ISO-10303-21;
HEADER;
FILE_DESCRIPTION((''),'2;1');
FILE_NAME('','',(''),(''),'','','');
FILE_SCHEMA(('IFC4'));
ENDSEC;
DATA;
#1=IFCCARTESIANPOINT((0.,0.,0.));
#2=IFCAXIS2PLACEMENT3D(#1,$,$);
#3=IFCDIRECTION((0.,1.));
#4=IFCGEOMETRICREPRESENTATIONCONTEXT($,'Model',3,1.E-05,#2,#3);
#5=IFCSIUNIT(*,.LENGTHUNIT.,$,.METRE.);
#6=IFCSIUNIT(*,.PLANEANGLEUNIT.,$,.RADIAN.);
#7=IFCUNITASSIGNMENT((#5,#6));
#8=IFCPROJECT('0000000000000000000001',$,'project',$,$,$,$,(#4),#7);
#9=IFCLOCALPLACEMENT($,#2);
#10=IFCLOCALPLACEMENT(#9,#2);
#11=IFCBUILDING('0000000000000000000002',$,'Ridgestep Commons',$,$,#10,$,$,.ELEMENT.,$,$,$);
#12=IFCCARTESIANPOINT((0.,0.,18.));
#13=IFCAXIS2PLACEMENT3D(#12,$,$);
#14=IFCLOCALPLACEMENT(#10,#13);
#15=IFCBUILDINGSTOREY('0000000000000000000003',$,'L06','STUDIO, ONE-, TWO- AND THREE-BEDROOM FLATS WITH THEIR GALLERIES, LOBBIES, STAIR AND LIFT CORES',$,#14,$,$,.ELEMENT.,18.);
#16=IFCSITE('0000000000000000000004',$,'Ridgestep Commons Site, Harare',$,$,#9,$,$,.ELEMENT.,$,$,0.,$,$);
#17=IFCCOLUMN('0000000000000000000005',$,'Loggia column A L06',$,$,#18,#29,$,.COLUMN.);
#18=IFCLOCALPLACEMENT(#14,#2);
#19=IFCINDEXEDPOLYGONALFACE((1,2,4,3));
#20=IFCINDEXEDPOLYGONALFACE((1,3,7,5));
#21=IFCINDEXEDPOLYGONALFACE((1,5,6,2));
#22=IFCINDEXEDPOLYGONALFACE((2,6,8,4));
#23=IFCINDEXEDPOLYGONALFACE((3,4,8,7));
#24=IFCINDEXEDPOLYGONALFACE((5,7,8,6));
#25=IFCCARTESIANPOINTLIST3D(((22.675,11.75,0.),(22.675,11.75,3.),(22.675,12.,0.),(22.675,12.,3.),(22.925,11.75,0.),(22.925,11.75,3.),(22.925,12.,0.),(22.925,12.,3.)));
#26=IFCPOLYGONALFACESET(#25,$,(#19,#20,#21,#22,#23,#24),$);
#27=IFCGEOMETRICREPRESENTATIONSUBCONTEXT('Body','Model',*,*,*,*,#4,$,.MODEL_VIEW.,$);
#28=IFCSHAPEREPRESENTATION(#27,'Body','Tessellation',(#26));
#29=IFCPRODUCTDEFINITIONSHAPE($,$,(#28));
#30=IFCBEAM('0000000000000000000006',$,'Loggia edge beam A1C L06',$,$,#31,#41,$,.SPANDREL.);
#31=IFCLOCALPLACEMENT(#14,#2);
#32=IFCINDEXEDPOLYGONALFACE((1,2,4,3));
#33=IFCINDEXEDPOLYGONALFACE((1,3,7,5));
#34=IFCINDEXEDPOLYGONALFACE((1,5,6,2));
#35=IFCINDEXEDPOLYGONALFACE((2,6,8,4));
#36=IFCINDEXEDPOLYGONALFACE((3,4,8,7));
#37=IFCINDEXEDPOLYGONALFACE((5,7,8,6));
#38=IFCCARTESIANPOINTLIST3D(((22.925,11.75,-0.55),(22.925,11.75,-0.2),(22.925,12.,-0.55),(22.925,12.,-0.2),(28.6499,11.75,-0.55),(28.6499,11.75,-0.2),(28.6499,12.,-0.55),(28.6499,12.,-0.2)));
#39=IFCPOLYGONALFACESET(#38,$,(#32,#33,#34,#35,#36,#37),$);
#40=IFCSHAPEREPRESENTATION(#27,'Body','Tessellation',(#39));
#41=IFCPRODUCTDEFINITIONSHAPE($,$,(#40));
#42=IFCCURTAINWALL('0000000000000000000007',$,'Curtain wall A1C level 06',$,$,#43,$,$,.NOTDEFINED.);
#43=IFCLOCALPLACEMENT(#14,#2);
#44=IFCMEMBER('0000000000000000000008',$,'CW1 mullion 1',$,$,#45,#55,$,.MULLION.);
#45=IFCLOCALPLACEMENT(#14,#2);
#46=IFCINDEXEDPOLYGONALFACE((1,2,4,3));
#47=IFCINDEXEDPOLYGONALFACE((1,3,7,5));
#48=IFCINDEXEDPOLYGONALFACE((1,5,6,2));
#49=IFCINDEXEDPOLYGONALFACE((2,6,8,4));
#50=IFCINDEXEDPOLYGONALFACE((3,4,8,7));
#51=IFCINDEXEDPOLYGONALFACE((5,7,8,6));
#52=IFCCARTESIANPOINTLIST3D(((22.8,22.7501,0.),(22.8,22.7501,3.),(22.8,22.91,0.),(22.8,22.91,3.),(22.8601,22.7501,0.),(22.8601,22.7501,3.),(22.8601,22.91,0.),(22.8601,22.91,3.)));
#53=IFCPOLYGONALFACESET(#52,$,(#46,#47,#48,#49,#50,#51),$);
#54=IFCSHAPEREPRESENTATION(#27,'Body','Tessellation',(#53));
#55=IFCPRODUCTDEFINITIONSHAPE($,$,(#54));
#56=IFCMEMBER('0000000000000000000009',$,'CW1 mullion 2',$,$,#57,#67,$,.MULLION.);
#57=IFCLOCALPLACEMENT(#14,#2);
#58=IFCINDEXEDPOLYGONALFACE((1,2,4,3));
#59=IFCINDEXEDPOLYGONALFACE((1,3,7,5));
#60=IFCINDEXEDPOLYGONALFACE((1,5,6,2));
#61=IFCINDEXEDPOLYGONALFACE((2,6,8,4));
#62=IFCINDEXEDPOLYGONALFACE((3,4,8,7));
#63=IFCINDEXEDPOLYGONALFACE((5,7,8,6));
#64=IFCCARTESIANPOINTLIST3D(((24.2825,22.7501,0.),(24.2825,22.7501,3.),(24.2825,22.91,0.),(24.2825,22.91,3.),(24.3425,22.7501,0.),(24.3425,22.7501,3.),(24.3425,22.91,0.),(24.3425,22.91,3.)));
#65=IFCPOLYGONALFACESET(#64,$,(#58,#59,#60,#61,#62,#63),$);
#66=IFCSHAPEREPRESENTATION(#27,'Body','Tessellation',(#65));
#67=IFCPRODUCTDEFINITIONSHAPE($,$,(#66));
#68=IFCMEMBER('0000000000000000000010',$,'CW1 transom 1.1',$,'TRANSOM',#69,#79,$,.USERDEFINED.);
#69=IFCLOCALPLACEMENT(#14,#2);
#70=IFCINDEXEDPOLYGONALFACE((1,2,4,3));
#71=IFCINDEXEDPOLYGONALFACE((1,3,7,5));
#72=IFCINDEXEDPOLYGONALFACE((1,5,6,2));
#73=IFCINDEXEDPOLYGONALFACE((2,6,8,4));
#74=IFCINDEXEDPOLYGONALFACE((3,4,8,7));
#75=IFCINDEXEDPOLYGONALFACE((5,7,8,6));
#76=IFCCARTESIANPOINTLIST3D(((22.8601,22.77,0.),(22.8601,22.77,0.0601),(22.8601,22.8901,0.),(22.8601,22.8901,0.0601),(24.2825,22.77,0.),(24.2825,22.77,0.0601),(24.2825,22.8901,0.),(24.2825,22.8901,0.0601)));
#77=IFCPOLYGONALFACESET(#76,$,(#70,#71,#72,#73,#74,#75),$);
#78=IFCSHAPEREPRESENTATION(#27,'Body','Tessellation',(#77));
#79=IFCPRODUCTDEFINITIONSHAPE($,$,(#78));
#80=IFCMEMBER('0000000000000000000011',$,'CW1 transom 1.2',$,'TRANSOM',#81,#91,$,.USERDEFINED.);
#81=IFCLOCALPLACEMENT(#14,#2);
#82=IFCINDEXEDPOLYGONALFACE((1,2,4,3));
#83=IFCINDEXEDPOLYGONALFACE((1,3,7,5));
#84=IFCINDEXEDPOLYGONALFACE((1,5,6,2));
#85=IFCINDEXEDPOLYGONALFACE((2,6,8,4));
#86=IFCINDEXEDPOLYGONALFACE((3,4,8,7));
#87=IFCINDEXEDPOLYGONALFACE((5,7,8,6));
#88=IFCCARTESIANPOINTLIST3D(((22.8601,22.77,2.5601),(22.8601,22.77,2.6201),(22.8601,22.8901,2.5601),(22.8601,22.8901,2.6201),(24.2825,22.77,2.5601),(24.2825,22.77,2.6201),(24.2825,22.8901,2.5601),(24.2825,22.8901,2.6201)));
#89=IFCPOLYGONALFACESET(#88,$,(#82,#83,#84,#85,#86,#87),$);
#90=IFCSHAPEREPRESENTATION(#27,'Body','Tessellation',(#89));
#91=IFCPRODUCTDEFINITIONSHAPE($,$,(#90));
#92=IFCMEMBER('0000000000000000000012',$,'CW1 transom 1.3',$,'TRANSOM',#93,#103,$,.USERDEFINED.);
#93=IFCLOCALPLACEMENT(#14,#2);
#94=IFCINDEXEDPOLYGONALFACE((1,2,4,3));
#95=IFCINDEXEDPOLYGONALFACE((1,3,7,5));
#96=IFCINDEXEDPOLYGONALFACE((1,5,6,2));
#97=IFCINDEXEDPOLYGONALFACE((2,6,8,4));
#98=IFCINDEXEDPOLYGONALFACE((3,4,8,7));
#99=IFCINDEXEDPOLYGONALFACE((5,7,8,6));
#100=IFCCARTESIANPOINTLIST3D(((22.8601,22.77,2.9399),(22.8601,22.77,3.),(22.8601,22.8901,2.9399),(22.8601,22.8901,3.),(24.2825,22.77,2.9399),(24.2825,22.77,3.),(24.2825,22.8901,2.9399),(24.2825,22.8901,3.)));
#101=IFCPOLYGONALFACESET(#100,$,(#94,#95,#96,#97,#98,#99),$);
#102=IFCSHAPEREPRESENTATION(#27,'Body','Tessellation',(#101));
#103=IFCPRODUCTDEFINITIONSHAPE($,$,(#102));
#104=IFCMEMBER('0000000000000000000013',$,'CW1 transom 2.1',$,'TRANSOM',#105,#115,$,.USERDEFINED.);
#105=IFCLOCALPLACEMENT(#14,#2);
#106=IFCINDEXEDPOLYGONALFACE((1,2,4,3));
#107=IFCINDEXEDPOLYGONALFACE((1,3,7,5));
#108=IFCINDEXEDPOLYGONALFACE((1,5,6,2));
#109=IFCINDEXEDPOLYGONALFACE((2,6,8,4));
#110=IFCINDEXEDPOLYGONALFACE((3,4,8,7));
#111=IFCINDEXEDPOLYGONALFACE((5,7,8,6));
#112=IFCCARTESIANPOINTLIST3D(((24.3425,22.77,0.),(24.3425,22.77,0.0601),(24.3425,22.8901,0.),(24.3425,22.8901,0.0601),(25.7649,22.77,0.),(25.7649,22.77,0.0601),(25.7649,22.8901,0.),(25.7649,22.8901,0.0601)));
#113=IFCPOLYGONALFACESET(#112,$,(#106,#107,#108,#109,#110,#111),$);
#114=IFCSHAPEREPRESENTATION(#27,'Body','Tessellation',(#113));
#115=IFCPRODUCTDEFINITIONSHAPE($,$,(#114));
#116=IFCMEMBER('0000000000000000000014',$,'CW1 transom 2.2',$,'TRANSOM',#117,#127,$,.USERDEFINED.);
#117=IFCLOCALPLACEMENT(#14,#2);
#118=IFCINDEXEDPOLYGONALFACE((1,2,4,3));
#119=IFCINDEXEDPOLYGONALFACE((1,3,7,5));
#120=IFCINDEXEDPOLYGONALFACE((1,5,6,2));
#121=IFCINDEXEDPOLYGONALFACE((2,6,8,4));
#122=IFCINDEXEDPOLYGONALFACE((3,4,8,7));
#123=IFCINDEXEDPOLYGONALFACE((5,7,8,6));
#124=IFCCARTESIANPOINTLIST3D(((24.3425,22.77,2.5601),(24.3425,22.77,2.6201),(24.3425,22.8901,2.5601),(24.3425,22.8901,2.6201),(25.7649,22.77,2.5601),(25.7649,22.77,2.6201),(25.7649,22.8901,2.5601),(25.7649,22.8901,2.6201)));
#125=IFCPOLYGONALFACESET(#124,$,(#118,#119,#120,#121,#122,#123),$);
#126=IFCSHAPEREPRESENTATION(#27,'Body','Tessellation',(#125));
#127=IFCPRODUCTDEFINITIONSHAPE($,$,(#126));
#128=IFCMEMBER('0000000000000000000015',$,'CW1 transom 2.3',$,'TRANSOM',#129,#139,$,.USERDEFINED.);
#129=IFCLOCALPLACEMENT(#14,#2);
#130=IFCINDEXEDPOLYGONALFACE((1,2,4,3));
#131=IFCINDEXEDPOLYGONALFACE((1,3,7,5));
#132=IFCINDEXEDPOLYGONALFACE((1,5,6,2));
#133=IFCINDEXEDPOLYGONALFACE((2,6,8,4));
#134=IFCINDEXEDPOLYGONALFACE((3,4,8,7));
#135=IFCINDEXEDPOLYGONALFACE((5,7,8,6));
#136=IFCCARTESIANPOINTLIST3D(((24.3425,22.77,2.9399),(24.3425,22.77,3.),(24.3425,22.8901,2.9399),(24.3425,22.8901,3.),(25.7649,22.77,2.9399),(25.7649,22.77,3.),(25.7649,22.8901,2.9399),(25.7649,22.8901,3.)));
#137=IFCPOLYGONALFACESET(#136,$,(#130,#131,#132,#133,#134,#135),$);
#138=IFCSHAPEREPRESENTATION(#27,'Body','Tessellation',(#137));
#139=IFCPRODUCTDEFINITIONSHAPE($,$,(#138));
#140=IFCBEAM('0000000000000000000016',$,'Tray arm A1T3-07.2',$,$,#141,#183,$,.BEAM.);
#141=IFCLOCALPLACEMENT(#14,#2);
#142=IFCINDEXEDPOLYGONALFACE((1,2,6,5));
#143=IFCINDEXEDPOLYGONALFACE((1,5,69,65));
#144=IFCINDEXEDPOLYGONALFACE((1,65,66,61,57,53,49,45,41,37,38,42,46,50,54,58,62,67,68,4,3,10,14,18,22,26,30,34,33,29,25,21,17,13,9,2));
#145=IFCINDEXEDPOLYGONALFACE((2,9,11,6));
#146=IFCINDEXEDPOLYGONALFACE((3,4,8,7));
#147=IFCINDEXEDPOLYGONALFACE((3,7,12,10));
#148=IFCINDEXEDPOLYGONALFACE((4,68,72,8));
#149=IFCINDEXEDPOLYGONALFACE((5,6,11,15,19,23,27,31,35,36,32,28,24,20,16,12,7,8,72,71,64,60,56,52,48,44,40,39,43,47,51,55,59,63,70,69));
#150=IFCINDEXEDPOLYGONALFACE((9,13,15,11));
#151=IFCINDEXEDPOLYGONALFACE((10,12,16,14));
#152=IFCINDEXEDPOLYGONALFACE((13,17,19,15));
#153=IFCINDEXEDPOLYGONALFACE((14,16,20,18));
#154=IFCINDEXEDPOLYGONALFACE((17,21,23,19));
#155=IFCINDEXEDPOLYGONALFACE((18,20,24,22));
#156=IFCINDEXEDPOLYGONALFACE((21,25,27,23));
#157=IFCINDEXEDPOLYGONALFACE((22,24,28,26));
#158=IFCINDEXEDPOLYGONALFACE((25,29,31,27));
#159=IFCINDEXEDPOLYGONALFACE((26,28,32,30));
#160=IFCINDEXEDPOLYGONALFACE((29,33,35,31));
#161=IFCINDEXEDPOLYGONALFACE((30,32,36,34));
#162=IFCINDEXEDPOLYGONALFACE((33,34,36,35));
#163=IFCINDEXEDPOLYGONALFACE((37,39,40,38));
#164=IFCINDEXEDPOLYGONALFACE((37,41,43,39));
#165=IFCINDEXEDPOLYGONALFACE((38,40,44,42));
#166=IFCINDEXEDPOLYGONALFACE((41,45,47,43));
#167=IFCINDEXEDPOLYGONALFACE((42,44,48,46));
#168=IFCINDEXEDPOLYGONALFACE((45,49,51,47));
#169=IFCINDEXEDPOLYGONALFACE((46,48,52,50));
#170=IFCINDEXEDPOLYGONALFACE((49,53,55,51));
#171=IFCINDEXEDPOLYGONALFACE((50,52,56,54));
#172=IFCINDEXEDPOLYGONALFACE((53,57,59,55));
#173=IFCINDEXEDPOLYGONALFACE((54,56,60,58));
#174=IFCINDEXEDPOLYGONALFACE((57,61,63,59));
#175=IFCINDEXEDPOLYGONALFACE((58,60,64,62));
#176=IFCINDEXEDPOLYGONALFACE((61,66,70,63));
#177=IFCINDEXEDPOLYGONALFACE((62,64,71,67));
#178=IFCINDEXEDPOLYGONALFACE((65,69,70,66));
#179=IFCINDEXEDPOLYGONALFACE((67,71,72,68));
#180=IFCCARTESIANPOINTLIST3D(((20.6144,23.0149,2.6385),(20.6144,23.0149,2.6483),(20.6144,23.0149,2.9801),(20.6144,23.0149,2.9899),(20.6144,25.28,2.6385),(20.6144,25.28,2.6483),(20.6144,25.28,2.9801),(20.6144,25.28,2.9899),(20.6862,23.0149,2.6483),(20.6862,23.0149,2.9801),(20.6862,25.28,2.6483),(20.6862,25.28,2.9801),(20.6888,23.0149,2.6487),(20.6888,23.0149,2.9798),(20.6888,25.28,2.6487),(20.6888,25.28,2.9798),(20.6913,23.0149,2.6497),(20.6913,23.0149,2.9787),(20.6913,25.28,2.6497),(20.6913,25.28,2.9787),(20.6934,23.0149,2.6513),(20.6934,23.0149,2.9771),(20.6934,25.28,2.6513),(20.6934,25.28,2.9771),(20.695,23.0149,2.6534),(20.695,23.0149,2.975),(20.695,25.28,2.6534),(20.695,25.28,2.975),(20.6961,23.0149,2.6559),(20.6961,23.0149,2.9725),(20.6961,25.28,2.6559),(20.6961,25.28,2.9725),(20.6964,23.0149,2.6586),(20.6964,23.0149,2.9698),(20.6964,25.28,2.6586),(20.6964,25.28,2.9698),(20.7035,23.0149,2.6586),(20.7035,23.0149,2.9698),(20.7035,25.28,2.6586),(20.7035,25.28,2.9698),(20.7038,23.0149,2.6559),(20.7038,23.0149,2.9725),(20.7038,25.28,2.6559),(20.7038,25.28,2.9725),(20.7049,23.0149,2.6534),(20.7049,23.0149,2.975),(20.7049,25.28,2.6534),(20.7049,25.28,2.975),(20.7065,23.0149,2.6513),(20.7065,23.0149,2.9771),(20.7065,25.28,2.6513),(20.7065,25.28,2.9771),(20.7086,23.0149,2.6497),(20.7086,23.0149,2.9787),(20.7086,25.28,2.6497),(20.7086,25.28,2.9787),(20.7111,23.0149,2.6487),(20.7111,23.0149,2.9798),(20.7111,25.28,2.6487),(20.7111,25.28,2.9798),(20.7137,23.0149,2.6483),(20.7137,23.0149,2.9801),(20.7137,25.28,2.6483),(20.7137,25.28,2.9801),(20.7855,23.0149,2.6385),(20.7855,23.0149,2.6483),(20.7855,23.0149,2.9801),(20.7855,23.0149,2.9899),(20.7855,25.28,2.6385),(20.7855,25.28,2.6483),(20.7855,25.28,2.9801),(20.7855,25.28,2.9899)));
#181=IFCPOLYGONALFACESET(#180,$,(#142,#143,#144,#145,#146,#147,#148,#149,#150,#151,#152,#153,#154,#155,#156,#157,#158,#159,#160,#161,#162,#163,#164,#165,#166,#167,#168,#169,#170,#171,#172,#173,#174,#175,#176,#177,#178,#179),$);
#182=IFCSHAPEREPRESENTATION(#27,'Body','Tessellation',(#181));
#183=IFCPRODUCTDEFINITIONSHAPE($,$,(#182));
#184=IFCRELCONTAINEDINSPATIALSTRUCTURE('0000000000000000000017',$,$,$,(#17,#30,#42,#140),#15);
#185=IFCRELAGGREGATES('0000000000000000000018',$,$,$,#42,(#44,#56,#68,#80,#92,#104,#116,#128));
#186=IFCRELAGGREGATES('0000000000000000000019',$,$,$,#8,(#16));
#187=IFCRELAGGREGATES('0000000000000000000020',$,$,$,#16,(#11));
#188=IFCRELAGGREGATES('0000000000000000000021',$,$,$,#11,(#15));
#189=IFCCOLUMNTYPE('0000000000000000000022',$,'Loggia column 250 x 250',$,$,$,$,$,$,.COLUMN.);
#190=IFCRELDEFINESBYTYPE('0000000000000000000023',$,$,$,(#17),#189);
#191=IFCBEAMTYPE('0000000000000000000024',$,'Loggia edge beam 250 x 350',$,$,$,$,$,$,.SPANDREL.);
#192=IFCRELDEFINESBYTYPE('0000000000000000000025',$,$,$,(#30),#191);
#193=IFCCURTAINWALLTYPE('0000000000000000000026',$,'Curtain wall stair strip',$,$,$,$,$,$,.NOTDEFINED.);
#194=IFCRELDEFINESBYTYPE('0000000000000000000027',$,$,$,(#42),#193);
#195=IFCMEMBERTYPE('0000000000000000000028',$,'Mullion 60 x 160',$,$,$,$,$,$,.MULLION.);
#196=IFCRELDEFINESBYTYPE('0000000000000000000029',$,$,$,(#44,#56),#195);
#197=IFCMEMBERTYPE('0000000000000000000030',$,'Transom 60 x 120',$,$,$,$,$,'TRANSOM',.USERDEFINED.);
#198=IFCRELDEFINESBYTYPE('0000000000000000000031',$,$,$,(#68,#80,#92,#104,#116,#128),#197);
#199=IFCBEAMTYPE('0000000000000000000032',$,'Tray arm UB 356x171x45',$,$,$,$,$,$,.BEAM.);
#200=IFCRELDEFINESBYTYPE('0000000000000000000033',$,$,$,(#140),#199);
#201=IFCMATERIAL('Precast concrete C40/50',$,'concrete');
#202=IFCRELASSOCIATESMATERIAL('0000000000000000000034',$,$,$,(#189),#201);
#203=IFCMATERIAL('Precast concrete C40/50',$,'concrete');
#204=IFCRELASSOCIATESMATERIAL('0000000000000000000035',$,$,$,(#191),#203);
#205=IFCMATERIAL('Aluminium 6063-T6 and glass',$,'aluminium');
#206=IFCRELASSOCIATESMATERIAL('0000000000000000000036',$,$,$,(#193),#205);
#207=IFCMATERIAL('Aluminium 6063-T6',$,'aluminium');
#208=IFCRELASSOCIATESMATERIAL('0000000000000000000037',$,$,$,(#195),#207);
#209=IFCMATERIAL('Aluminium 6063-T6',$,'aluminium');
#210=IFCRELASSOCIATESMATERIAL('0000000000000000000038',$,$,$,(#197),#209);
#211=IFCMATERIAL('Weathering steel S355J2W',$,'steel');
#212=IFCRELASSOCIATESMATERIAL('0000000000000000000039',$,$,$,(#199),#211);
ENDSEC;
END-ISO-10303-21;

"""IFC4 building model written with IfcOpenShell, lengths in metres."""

from ifc_helpers import new_model, si_unit, direction, frame, origin, origin_2d, place, context, subcontext, project, spatial, rectangle, i_section, extrude, material, material_profile, profile_set, type_object, element, aggregate, save


model = new_model("IFC4")

# Units and contexts
model_context = context("Model", 3, precision=1e-05, world=origin(), true_north=direction((0.0, 1.0)))
body_context = subcontext(model_context, "Body", "Model", "MODEL_VIEW")
ifc_project = project(units=[si_unit("LENGTHUNIT", "METRE"), si_unit("PLANEANGLEUNIT", "RADIAN")], contexts=[model_context])

# Site, building, storey
site_placement = place(None, origin())
site = spatial("IfcSite", under=ifc_project, at=site_placement, Name="Ridgestep Commons Site, Harare", CompositionType="ELEMENT", RefElevation=0.0)
building_placement = place(site_placement, origin())
building = spatial("IfcBuilding", under=site, at=building_placement, Name="Ridgestep Commons", CompositionType="ELEMENT")
storey_placement = place(building_placement, frame((0.0, 0.0, 18.0)))
storey = spatial("IfcBuildingStorey", under=building, at=storey_placement, Name="L06", Description="STUDIO, ONE-, TWO- AND THREE-BEDROOM FLATS WITH THEIR GALLERIES, LOBBIES, STAIR AND LIFT CORES", CompositionType="ELEMENT", Elevation=18.0)

# Column
ifc_material_1 = material(Name="Precast concrete C40/50", Category="concrete")
ifc_material_profile_1 = material_profile(ifc_material_1, rectangle(XDim=0.25, YDim=0.25, at=origin_2d()), Name="PC 250x250")
ifc_profile_set_1 = profile_set([ifc_material_profile_1], Name="Precast concrete C40/50")
column_type = type_object("IfcColumnType", Name="Loggia column 250 x 250", PredefinedType="COLUMN", material=ifc_profile_set_1)
column_placement = place(storey_placement, frame((22.8, 11.875, 0.0), z_axis=(0.0, 0.0, 1.0), x_axis=(1.0, 0.0, 0.0)))
element("IfcColumn", 1, at=column_placement, inside=storey, type_object=column_type, Name="Loggia column A L06", PredefinedType="COLUMN", context=body_context, shape_type="SweptSolid", body=[
    extrude(rectangle(XDim=0.25, YDim=0.25, at=origin_2d()), origin(), (0.0, 0.0, 1.0), 3.0),
])

# Beam
ifc_material_2 = material(Name="Precast concrete C40/50", Category="concrete")
ifc_material_profile_2 = material_profile(ifc_material_2, rectangle(XDim=0.25, YDim=0.3501, at=origin_2d()), Name="PC 250x350")
ifc_profile_set_2 = profile_set([ifc_material_profile_2], Name="Precast concrete C40/50")
beam_type_1 = type_object("IfcBeamType", Name="Loggia edge beam 250 x 350", PredefinedType="SPANDREL", material=ifc_profile_set_2)
beam_placement = place(storey_placement, frame((22.925, 11.875, -0.375), z_axis=(1.0, 0.0, 0.0), x_axis=(0.0, 1.0, 0.0)))
element("IfcBeam", 2, at=beam_placement, inside=storey, type_object=beam_type_1, Name="Loggia edge beam A1C L06", PredefinedType="SPANDREL", context=body_context, shape_type="SweptSolid", body=[
    extrude(rectangle(XDim=0.25, YDim=0.3501, at=origin_2d()), origin(), (0.0, 0.0, 1.0), 5.7249),
])

# Curtain wall, members
ifc_material_3 = material(Name="Aluminium 6063-T6 and glass", Category="aluminium")
curtain_wall_type = type_object("IfcCurtainWallType", Name="Curtain wall stair strip", PredefinedType="NOTDEFINED", material=ifc_material_3)
curtain_wall_placement = place(storey_placement, origin())
curtain_wall = element("IfcCurtainWall", 3, at=curtain_wall_placement, inside=storey, type_object=curtain_wall_type, Name="Curtain wall A1C level 06", PredefinedType="NOTDEFINED")
ifc_material_4 = material(Name="Aluminium 6063-T6", Category="aluminium")
ifc_material_profile_3 = material_profile(ifc_material_4, rectangle(XDim=0.1599, YDim=0.0601, at=origin_2d()), Name="Mullion 60 x 160")
ifc_profile_set_3 = profile_set([ifc_material_profile_3], Name="Aluminium 6063-T6")
member_type_1 = type_object("IfcMemberType", Name="Mullion 60 x 160", PredefinedType="MULLION", material=ifc_profile_set_3)
member_1_placement = place(storey_placement, frame((22.8301, 22.8301, 0.0), z_axis=(0.0, 0.0, 1.0), x_axis=(0.0, 1.0, 0.0)))
member_1 = element("IfcMember", 4, at=member_1_placement, type_object=member_type_1, Name="CW1 mullion 1", PredefinedType="MULLION", context=body_context, shape_type="SweptSolid", body=[
    extrude(rectangle(XDim=0.1599, YDim=0.0601, at=origin_2d()), origin(), (0.0, 0.0, 1.0), 3.0),
])
member_2_placement = place(storey_placement, frame((24.3125, 22.8301, 0.0), z_axis=(0.0, 0.0, 1.0), x_axis=(0.0, 1.0, 0.0)))
member_2 = element("IfcMember", 5, at=member_2_placement, type_object=member_type_1, Name="CW1 mullion 2", PredefinedType="MULLION", context=body_context, shape_type="SweptSolid", body=[
    extrude(rectangle(XDim=0.1599, YDim=0.0601, at=origin_2d()), origin(), (0.0, 0.0, 1.0), 3.0),
])
ifc_material_5 = material(Name="Aluminium 6063-T6", Category="aluminium")
ifc_material_profile_4 = material_profile(ifc_material_5, rectangle(XDim=0.1201, YDim=0.0601, at=origin_2d()), Name="Transom 60 x 120")
ifc_profile_set_4 = profile_set([ifc_material_profile_4], Name="Aluminium 6063-T6")
member_type_2 = type_object("IfcMemberType", Name="Transom 60 x 120", ElementType="TRANSOM", PredefinedType="USERDEFINED", material=ifc_profile_set_4)
member_3_placement = place(storey_placement, frame((22.8601, 22.8301, 0.03), z_axis=(1.0, 0.0, 0.0), x_axis=(0.0, 1.0, 0.0)))
member_3 = element("IfcMember", 6, at=member_3_placement, type_object=member_type_2, Name="CW1 transom 1.1", ObjectType="TRANSOM", PredefinedType="USERDEFINED", context=body_context, shape_type="SweptSolid", body=[
    extrude(rectangle(XDim=0.1201, YDim=0.0601, at=origin_2d()), origin(), (0.0, 0.0, 1.0), 1.4224),
])
member_4_placement = place(storey_placement, frame((22.8601, 22.8301, 2.5901), z_axis=(1.0, 0.0, 0.0), x_axis=(0.0, 1.0, 0.0)))
member_4 = element("IfcMember", 7, at=member_4_placement, type_object=member_type_2, Name="CW1 transom 1.2", ObjectType="TRANSOM", PredefinedType="USERDEFINED", context=body_context, shape_type="SweptSolid", body=[
    extrude(rectangle(XDim=0.1201, YDim=0.0601, at=origin_2d()), origin(), (0.0, 0.0, 1.0), 1.4224),
])
member_5_placement = place(storey_placement, frame((22.8601, 22.8301, 2.97), z_axis=(1.0, 0.0, 0.0), x_axis=(0.0, 1.0, 0.0)))
member_5 = element("IfcMember", 8, at=member_5_placement, type_object=member_type_2, Name="CW1 transom 1.3", ObjectType="TRANSOM", PredefinedType="USERDEFINED", context=body_context, shape_type="SweptSolid", body=[
    extrude(rectangle(XDim=0.1201, YDim=0.0601, at=origin_2d()), origin(), (0.0, 0.0, 1.0), 1.4224),
])
member_6_placement = place(storey_placement, frame((24.3425, 22.8301, 0.03), z_axis=(1.0, 0.0, 0.0), x_axis=(0.0, 1.0, 0.0)))
member_6 = element("IfcMember", 9, at=member_6_placement, type_object=member_type_2, Name="CW1 transom 2.1", ObjectType="TRANSOM", PredefinedType="USERDEFINED", context=body_context, shape_type="SweptSolid", body=[
    extrude(rectangle(XDim=0.1201, YDim=0.0601, at=origin_2d()), origin(), (0.0, 0.0, 1.0), 1.4224),
])
member_7_placement = place(storey_placement, frame((24.3425, 22.8301, 2.5901), z_axis=(1.0, 0.0, 0.0), x_axis=(0.0, 1.0, 0.0)))
member_7 = element("IfcMember", 10, at=member_7_placement, type_object=member_type_2, Name="CW1 transom 2.2", ObjectType="TRANSOM", PredefinedType="USERDEFINED", context=body_context, shape_type="SweptSolid", body=[
    extrude(rectangle(XDim=0.1201, YDim=0.0601, at=origin_2d()), origin(), (0.0, 0.0, 1.0), 1.4224),
])
member_8_placement = place(storey_placement, frame((24.3425, 22.8301, 2.97), z_axis=(1.0, 0.0, 0.0), x_axis=(0.0, 1.0, 0.0)))
member_8 = element("IfcMember", 11, at=member_8_placement, type_object=member_type_2, Name="CW1 transom 2.3", ObjectType="TRANSOM", PredefinedType="USERDEFINED", context=body_context, shape_type="SweptSolid", body=[
    extrude(rectangle(XDim=0.1201, YDim=0.0601, at=origin_2d()), origin(), (0.0, 0.0, 1.0), 1.4224),
])

# Beam
ifc_material_6 = material(Name="Weathering steel S355J2W", Category="steel")
ifc_material_profile_5 = material_profile(ifc_material_6, i_section(OverallWidth=0.1711, OverallDepth=0.3513, WebThickness=0.0071, FlangeThickness=0.0098, FilletRadius=0.0103, at=origin_2d()), Name="UB 356x171x45")
ifc_profile_set_5 = profile_set([ifc_material_profile_5], Name="Weathering steel S355J2W")
beam_type_2 = type_object("IfcBeamType", Name="Tray arm UB 356x171x45", PredefinedType="BEAM", material=ifc_profile_set_5)
for number, where, z_axis, x_axis, name in (
    (12, (20.7, 23.0149, 2.8142), (0.0, 1.0, 0.0), (-1.0, 0.0, 0.0), "Tray arm A1T3-07.2"),
):
    element("IfcBeam", number, at=place(storey_placement, frame(where, z_axis=z_axis, x_axis=x_axis)), inside=storey, type_object=beam_type_2, Name=name, PredefinedType="BEAM", context=body_context, shape_type="SweptSolid", body=[
        extrude(i_section(OverallWidth=0.1711, OverallDepth=0.3513, WebThickness=0.0071, FlangeThickness=0.0098, FilletRadius=0.0103, at=origin_2d()), origin(), (0.0, 0.0, 1.0), 2.2651),
    ])

aggregate(curtain_wall, [member_1, member_2, member_3, member_4, member_5, member_6, member_7, member_8])

save(model, "model.ifc")
